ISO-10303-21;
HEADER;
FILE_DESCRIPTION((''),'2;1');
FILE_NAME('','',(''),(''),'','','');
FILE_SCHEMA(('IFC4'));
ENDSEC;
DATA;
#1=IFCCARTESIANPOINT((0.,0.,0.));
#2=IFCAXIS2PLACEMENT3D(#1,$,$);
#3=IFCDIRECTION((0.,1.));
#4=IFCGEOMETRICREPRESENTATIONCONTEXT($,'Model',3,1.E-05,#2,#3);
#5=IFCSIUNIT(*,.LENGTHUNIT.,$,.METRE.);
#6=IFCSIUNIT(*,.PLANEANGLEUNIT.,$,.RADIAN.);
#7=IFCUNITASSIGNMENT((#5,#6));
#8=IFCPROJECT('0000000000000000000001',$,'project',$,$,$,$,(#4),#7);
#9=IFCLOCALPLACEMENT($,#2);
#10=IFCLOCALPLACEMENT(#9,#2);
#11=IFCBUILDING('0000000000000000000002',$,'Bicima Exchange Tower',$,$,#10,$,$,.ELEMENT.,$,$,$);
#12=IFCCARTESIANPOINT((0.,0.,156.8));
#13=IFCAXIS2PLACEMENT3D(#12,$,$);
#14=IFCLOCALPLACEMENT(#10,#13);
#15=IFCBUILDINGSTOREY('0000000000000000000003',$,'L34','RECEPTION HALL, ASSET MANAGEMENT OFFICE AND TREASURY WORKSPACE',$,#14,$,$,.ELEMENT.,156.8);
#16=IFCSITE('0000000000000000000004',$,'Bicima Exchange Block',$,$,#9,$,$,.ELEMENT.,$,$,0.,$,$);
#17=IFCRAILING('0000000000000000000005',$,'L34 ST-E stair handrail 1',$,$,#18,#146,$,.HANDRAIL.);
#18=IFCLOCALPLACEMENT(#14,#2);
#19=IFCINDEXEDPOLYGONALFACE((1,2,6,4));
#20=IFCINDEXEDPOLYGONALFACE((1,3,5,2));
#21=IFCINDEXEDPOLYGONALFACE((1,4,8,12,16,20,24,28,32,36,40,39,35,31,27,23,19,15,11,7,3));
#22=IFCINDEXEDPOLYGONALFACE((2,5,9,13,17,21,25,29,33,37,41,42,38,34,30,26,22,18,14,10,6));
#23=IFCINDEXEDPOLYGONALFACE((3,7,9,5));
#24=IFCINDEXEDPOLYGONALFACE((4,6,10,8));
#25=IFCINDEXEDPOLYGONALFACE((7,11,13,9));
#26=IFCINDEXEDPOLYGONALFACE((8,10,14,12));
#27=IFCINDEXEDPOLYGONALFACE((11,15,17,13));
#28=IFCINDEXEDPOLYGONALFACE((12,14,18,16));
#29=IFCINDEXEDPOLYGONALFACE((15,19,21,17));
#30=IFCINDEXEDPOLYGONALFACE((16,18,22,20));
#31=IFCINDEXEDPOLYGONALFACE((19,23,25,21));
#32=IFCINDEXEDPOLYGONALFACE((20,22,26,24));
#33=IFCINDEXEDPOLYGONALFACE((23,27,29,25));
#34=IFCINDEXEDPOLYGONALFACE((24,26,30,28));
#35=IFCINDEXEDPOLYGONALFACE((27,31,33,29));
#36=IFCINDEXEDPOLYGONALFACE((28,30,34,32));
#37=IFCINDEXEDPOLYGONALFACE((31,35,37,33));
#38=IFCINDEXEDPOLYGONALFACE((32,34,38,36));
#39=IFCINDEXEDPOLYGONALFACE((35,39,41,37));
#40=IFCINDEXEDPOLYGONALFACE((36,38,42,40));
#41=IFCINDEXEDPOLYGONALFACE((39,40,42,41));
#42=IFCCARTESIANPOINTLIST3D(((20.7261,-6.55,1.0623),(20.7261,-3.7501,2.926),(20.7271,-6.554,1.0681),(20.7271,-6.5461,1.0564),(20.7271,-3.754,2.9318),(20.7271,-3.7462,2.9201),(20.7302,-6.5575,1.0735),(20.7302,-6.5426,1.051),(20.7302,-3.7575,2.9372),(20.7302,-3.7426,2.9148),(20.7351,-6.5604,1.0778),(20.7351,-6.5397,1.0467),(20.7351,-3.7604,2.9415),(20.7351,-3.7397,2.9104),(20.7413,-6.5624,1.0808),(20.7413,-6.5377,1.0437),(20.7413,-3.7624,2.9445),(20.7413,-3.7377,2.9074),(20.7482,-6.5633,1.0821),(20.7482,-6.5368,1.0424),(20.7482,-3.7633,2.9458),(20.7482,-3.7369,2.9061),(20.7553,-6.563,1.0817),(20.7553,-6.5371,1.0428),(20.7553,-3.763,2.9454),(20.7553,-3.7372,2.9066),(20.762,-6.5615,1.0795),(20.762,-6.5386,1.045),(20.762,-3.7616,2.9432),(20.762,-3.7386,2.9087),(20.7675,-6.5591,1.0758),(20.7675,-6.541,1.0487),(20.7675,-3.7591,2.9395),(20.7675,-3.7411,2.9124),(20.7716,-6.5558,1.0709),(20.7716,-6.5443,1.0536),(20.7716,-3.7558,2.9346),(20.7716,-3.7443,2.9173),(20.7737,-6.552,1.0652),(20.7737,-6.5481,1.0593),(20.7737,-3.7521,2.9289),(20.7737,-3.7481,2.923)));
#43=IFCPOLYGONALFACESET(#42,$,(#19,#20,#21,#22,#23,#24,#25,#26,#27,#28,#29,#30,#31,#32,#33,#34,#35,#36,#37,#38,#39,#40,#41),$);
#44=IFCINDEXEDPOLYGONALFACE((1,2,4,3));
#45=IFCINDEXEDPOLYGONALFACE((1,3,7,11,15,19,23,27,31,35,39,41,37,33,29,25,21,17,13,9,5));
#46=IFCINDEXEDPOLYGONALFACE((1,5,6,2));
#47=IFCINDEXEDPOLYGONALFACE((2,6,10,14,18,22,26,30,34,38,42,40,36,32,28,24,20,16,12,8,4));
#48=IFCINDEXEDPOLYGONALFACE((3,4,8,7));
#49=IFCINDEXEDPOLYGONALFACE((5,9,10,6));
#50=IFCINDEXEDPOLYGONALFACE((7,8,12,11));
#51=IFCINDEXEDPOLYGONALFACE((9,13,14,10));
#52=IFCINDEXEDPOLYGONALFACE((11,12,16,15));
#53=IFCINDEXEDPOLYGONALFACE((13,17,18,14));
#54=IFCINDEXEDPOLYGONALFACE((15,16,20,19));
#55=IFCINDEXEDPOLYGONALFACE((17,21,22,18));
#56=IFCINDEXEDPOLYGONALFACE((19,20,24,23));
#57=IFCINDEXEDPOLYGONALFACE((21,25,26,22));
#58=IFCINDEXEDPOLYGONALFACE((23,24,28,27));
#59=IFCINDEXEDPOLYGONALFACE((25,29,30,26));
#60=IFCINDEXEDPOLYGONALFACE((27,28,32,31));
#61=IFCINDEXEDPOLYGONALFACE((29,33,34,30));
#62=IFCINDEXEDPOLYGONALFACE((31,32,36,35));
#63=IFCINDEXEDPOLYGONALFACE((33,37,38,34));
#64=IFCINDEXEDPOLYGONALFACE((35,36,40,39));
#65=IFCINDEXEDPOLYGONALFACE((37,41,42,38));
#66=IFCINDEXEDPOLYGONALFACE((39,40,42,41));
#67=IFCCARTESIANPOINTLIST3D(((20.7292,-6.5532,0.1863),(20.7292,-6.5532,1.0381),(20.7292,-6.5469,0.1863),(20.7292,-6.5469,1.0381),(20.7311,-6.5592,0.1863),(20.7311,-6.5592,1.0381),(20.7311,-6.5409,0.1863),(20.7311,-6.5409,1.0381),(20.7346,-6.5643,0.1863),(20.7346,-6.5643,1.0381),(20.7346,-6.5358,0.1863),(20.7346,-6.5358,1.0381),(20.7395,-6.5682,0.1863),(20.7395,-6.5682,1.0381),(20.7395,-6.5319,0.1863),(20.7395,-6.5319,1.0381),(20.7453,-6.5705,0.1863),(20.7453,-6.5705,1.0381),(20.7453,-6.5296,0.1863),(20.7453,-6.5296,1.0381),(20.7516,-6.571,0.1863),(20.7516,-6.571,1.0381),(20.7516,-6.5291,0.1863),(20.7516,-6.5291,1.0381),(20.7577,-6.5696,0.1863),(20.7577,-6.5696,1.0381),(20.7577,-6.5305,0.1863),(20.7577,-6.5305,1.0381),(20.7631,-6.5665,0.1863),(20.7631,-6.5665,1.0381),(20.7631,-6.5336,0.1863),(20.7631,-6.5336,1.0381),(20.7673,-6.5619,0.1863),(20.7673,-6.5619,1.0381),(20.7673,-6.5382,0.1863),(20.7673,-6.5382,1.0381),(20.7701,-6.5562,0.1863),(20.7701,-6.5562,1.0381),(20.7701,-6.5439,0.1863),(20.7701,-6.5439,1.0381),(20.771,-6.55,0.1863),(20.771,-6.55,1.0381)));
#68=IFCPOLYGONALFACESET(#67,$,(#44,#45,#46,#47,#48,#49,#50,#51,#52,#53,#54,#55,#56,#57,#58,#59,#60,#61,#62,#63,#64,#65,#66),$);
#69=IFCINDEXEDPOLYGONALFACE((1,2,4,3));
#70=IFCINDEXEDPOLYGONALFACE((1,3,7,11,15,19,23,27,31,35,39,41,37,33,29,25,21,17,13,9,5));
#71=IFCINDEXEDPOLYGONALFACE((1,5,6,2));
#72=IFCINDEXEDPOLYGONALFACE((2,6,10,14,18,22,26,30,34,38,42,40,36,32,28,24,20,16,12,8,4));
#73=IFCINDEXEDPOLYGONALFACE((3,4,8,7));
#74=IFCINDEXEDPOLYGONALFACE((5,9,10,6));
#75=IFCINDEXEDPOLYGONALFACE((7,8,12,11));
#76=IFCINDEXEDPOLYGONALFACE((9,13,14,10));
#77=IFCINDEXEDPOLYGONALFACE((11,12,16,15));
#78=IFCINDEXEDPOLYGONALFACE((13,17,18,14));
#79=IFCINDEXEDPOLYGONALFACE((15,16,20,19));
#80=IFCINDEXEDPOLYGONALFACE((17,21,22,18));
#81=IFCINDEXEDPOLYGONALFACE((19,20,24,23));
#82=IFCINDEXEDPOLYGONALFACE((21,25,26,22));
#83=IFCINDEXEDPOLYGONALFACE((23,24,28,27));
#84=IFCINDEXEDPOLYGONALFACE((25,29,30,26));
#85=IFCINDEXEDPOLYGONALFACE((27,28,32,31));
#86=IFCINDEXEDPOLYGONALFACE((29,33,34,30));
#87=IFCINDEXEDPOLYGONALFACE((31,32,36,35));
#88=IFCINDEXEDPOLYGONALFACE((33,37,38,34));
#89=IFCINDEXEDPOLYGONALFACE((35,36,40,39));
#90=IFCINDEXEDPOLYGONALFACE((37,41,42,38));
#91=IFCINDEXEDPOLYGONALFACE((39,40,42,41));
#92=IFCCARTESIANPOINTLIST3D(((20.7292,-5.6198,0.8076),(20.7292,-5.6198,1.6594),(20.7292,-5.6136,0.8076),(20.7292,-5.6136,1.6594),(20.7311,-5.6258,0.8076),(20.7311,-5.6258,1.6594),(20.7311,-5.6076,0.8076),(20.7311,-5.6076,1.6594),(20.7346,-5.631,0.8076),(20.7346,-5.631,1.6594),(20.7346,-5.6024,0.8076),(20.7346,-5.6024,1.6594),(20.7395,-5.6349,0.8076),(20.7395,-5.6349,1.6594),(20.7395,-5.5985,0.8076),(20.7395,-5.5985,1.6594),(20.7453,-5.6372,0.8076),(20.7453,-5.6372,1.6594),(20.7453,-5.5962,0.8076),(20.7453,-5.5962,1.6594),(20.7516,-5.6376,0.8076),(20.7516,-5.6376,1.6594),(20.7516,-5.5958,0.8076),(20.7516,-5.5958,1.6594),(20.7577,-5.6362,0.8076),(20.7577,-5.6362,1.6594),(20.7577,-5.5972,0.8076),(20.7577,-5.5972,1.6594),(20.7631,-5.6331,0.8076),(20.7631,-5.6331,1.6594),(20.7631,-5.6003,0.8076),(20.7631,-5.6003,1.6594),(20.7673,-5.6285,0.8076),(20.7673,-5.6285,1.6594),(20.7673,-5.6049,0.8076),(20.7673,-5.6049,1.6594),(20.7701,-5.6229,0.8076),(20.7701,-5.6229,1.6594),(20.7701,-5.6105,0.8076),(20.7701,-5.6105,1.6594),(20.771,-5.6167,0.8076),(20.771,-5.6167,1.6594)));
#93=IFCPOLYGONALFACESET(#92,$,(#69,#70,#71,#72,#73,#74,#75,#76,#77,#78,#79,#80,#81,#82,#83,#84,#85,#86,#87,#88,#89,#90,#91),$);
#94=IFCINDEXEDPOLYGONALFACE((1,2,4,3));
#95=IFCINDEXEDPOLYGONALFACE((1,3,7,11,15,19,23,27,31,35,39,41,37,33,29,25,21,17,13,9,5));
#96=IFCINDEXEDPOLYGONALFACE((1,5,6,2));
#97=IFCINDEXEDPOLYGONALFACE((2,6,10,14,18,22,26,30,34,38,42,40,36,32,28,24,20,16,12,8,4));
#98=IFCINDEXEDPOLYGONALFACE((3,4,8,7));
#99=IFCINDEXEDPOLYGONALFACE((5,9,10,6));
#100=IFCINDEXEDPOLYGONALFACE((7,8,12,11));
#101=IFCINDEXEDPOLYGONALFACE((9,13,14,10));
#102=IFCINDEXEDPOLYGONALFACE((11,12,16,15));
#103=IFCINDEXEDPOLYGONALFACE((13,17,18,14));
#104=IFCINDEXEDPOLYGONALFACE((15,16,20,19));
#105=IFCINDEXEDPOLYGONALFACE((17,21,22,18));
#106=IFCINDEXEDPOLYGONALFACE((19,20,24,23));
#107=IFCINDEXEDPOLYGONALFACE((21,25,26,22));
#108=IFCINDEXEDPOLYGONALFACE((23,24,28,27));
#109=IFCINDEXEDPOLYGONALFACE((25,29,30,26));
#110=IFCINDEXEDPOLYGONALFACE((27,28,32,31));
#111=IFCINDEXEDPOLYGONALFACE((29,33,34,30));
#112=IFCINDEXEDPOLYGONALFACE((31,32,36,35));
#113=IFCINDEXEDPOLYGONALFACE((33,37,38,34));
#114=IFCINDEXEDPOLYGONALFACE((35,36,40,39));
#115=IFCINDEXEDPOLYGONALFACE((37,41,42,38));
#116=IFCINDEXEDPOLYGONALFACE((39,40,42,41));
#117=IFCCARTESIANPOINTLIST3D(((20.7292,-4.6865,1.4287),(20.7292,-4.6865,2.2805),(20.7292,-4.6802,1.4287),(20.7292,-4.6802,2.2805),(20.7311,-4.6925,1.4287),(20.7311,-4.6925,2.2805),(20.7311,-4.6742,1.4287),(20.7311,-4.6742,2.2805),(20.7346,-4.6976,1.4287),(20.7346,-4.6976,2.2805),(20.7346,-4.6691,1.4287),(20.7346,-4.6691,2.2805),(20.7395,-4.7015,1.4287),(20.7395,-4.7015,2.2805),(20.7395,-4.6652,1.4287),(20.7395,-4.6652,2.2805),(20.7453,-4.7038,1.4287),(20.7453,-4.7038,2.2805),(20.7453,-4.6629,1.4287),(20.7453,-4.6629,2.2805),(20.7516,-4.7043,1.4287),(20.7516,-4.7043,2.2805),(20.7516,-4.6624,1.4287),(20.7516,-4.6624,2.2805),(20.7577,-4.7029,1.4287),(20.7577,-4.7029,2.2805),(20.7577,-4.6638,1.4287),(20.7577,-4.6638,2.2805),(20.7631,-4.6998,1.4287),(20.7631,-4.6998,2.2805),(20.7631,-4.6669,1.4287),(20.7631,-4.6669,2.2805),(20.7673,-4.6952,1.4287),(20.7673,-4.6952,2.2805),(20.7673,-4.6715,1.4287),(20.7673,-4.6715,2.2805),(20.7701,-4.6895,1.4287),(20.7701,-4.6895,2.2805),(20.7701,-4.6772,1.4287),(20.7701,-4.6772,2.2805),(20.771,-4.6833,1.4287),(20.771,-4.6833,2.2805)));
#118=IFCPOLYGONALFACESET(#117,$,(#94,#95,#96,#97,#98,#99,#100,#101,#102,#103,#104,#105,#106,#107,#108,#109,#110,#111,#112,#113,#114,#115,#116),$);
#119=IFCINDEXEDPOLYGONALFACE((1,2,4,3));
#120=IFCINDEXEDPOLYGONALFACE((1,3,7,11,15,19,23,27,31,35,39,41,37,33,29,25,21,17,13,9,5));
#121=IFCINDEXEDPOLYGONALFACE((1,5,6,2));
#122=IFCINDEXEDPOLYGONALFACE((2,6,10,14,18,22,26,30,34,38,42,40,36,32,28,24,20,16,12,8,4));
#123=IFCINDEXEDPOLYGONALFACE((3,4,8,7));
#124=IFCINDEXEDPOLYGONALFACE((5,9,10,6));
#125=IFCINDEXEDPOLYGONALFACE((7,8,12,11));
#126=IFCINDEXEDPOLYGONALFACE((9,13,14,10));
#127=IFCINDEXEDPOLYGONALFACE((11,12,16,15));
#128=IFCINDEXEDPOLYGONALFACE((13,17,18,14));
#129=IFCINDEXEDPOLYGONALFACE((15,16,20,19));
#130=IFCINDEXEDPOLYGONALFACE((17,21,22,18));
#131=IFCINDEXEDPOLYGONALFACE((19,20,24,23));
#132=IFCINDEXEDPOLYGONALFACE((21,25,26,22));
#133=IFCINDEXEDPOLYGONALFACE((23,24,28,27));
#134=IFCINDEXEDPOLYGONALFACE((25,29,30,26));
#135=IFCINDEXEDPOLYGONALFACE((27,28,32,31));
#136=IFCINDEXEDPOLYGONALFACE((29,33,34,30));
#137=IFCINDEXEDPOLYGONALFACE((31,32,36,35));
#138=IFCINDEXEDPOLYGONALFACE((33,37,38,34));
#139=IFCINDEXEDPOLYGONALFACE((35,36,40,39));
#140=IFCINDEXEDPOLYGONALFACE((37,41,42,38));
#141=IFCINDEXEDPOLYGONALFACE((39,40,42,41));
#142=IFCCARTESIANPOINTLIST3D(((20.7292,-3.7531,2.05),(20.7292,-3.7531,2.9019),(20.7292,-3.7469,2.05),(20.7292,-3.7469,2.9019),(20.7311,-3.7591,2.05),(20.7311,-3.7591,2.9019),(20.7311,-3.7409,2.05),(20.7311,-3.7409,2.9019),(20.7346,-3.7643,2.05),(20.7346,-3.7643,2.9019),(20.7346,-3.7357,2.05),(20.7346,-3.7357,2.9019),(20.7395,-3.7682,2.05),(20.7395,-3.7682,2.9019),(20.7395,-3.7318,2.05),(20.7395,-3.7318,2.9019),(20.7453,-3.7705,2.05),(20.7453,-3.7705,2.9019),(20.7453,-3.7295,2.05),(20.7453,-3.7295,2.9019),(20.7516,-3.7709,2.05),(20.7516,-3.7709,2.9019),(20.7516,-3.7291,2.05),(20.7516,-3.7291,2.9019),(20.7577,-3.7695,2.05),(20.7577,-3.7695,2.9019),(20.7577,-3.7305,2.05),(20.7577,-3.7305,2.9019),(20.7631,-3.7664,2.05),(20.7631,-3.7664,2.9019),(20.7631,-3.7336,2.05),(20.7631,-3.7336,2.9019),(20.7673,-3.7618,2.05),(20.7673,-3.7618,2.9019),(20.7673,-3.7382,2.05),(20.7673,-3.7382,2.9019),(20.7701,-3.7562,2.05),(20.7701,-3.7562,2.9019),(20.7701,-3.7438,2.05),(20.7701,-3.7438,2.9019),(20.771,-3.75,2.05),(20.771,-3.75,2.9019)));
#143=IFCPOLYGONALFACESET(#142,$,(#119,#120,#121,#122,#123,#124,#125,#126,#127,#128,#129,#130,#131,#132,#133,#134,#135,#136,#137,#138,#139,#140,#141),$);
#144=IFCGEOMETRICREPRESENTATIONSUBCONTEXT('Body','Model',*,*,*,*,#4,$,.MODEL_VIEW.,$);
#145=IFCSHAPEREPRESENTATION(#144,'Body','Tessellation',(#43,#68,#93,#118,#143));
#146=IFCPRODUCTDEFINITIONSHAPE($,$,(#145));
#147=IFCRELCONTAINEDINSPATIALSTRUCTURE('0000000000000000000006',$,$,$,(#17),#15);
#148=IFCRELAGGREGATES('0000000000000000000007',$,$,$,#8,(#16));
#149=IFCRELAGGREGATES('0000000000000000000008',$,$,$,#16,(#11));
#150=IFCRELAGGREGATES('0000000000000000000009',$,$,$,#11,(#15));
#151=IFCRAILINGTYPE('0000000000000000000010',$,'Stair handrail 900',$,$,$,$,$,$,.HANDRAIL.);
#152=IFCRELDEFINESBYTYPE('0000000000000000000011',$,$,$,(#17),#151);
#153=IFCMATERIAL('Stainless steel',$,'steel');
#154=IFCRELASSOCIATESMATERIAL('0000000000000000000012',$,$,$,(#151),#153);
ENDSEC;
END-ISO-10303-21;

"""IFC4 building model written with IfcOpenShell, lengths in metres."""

from ifc_helpers import new_model, si_unit, direction, frame, origin, origin_2d, place, context, subcontext, project, spatial, circle, extrude, material, type_object, element, save


model = new_model("IFC4")

# Units and contexts
model_context = context("Model", 3, precision=1e-05, world=origin(), true_north=direction((0.0, 1.0)))
body_context = subcontext(model_context, "Body", "Model", "MODEL_VIEW")
ifc_project = project(units=[si_unit("LENGTHUNIT", "METRE"), si_unit("PLANEANGLEUNIT", "RADIAN")], contexts=[model_context])

# Site, building, storey
site_placement = place(None, origin())
site = spatial("IfcSite", under=ifc_project, at=site_placement, Name="Bicima Exchange Block", CompositionType="ELEMENT", RefElevation=0.0)
building_placement = place(site_placement, origin())
building = spatial("IfcBuilding", under=site, at=building_placement, Name="Bicima Exchange Tower", CompositionType="ELEMENT")
storey_placement = place(building_placement, frame((0.0, 0.0, 156.8)))
storey = spatial("IfcBuildingStorey", under=building, at=storey_placement, Name="L34", Description="RECEPTION HALL, ASSET MANAGEMENT OFFICE AND TREASURY WORKSPACE", CompositionType="ELEMENT", Elevation=156.8)

# Railing
ifc_material_1 = material(Name="Stainless steel", Category="steel")
railing_type_1 = type_object("IfcRailingType", Name="Stair handrail 900", PredefinedType="HANDRAIL", material=ifc_material_1)
railing_1_placement = place(storey_placement, frame((20.75, -6.55, 0.1863)))
element("IfcRailing", 1, at=railing_1_placement, inside=storey, type_object=railing_type_1, Name="L34 ST-E stair handrail 1", PredefinedType="HANDRAIL", context=body_context, shape_type="SweptSolid", body=[
    extrude(circle(Radius=0.0239, at=origin_2d()), frame((0.0, 0.0, 0.876), z_axis=(0.0, 0.832452, 0.554097), x_axis=(-1.0, 0.0, 0.0)), (0.0, 0.0, 1.0), 3.3635),
    extrude(circle(Radius=0.021, at=origin_2d()), origin(), (0.0, 0.0, 1.0), 0.8518),
    extrude(circle(Radius=0.021, at=origin_2d()), frame((0.0, 0.9333, 0.6213)), (0.0, 0.0, 1.0), 0.8518),
    extrude(circle(Radius=0.021, at=origin_2d()), frame((0.0, 1.8667, 1.2424)), (0.0, 0.0, 1.0), 0.8518),
    extrude(circle(Radius=0.021, at=origin_2d()), frame((0.0, 2.8, 1.8638)), (0.0, 0.0, 1.0), 0.8518),
])

save(model, "model.ifc")
